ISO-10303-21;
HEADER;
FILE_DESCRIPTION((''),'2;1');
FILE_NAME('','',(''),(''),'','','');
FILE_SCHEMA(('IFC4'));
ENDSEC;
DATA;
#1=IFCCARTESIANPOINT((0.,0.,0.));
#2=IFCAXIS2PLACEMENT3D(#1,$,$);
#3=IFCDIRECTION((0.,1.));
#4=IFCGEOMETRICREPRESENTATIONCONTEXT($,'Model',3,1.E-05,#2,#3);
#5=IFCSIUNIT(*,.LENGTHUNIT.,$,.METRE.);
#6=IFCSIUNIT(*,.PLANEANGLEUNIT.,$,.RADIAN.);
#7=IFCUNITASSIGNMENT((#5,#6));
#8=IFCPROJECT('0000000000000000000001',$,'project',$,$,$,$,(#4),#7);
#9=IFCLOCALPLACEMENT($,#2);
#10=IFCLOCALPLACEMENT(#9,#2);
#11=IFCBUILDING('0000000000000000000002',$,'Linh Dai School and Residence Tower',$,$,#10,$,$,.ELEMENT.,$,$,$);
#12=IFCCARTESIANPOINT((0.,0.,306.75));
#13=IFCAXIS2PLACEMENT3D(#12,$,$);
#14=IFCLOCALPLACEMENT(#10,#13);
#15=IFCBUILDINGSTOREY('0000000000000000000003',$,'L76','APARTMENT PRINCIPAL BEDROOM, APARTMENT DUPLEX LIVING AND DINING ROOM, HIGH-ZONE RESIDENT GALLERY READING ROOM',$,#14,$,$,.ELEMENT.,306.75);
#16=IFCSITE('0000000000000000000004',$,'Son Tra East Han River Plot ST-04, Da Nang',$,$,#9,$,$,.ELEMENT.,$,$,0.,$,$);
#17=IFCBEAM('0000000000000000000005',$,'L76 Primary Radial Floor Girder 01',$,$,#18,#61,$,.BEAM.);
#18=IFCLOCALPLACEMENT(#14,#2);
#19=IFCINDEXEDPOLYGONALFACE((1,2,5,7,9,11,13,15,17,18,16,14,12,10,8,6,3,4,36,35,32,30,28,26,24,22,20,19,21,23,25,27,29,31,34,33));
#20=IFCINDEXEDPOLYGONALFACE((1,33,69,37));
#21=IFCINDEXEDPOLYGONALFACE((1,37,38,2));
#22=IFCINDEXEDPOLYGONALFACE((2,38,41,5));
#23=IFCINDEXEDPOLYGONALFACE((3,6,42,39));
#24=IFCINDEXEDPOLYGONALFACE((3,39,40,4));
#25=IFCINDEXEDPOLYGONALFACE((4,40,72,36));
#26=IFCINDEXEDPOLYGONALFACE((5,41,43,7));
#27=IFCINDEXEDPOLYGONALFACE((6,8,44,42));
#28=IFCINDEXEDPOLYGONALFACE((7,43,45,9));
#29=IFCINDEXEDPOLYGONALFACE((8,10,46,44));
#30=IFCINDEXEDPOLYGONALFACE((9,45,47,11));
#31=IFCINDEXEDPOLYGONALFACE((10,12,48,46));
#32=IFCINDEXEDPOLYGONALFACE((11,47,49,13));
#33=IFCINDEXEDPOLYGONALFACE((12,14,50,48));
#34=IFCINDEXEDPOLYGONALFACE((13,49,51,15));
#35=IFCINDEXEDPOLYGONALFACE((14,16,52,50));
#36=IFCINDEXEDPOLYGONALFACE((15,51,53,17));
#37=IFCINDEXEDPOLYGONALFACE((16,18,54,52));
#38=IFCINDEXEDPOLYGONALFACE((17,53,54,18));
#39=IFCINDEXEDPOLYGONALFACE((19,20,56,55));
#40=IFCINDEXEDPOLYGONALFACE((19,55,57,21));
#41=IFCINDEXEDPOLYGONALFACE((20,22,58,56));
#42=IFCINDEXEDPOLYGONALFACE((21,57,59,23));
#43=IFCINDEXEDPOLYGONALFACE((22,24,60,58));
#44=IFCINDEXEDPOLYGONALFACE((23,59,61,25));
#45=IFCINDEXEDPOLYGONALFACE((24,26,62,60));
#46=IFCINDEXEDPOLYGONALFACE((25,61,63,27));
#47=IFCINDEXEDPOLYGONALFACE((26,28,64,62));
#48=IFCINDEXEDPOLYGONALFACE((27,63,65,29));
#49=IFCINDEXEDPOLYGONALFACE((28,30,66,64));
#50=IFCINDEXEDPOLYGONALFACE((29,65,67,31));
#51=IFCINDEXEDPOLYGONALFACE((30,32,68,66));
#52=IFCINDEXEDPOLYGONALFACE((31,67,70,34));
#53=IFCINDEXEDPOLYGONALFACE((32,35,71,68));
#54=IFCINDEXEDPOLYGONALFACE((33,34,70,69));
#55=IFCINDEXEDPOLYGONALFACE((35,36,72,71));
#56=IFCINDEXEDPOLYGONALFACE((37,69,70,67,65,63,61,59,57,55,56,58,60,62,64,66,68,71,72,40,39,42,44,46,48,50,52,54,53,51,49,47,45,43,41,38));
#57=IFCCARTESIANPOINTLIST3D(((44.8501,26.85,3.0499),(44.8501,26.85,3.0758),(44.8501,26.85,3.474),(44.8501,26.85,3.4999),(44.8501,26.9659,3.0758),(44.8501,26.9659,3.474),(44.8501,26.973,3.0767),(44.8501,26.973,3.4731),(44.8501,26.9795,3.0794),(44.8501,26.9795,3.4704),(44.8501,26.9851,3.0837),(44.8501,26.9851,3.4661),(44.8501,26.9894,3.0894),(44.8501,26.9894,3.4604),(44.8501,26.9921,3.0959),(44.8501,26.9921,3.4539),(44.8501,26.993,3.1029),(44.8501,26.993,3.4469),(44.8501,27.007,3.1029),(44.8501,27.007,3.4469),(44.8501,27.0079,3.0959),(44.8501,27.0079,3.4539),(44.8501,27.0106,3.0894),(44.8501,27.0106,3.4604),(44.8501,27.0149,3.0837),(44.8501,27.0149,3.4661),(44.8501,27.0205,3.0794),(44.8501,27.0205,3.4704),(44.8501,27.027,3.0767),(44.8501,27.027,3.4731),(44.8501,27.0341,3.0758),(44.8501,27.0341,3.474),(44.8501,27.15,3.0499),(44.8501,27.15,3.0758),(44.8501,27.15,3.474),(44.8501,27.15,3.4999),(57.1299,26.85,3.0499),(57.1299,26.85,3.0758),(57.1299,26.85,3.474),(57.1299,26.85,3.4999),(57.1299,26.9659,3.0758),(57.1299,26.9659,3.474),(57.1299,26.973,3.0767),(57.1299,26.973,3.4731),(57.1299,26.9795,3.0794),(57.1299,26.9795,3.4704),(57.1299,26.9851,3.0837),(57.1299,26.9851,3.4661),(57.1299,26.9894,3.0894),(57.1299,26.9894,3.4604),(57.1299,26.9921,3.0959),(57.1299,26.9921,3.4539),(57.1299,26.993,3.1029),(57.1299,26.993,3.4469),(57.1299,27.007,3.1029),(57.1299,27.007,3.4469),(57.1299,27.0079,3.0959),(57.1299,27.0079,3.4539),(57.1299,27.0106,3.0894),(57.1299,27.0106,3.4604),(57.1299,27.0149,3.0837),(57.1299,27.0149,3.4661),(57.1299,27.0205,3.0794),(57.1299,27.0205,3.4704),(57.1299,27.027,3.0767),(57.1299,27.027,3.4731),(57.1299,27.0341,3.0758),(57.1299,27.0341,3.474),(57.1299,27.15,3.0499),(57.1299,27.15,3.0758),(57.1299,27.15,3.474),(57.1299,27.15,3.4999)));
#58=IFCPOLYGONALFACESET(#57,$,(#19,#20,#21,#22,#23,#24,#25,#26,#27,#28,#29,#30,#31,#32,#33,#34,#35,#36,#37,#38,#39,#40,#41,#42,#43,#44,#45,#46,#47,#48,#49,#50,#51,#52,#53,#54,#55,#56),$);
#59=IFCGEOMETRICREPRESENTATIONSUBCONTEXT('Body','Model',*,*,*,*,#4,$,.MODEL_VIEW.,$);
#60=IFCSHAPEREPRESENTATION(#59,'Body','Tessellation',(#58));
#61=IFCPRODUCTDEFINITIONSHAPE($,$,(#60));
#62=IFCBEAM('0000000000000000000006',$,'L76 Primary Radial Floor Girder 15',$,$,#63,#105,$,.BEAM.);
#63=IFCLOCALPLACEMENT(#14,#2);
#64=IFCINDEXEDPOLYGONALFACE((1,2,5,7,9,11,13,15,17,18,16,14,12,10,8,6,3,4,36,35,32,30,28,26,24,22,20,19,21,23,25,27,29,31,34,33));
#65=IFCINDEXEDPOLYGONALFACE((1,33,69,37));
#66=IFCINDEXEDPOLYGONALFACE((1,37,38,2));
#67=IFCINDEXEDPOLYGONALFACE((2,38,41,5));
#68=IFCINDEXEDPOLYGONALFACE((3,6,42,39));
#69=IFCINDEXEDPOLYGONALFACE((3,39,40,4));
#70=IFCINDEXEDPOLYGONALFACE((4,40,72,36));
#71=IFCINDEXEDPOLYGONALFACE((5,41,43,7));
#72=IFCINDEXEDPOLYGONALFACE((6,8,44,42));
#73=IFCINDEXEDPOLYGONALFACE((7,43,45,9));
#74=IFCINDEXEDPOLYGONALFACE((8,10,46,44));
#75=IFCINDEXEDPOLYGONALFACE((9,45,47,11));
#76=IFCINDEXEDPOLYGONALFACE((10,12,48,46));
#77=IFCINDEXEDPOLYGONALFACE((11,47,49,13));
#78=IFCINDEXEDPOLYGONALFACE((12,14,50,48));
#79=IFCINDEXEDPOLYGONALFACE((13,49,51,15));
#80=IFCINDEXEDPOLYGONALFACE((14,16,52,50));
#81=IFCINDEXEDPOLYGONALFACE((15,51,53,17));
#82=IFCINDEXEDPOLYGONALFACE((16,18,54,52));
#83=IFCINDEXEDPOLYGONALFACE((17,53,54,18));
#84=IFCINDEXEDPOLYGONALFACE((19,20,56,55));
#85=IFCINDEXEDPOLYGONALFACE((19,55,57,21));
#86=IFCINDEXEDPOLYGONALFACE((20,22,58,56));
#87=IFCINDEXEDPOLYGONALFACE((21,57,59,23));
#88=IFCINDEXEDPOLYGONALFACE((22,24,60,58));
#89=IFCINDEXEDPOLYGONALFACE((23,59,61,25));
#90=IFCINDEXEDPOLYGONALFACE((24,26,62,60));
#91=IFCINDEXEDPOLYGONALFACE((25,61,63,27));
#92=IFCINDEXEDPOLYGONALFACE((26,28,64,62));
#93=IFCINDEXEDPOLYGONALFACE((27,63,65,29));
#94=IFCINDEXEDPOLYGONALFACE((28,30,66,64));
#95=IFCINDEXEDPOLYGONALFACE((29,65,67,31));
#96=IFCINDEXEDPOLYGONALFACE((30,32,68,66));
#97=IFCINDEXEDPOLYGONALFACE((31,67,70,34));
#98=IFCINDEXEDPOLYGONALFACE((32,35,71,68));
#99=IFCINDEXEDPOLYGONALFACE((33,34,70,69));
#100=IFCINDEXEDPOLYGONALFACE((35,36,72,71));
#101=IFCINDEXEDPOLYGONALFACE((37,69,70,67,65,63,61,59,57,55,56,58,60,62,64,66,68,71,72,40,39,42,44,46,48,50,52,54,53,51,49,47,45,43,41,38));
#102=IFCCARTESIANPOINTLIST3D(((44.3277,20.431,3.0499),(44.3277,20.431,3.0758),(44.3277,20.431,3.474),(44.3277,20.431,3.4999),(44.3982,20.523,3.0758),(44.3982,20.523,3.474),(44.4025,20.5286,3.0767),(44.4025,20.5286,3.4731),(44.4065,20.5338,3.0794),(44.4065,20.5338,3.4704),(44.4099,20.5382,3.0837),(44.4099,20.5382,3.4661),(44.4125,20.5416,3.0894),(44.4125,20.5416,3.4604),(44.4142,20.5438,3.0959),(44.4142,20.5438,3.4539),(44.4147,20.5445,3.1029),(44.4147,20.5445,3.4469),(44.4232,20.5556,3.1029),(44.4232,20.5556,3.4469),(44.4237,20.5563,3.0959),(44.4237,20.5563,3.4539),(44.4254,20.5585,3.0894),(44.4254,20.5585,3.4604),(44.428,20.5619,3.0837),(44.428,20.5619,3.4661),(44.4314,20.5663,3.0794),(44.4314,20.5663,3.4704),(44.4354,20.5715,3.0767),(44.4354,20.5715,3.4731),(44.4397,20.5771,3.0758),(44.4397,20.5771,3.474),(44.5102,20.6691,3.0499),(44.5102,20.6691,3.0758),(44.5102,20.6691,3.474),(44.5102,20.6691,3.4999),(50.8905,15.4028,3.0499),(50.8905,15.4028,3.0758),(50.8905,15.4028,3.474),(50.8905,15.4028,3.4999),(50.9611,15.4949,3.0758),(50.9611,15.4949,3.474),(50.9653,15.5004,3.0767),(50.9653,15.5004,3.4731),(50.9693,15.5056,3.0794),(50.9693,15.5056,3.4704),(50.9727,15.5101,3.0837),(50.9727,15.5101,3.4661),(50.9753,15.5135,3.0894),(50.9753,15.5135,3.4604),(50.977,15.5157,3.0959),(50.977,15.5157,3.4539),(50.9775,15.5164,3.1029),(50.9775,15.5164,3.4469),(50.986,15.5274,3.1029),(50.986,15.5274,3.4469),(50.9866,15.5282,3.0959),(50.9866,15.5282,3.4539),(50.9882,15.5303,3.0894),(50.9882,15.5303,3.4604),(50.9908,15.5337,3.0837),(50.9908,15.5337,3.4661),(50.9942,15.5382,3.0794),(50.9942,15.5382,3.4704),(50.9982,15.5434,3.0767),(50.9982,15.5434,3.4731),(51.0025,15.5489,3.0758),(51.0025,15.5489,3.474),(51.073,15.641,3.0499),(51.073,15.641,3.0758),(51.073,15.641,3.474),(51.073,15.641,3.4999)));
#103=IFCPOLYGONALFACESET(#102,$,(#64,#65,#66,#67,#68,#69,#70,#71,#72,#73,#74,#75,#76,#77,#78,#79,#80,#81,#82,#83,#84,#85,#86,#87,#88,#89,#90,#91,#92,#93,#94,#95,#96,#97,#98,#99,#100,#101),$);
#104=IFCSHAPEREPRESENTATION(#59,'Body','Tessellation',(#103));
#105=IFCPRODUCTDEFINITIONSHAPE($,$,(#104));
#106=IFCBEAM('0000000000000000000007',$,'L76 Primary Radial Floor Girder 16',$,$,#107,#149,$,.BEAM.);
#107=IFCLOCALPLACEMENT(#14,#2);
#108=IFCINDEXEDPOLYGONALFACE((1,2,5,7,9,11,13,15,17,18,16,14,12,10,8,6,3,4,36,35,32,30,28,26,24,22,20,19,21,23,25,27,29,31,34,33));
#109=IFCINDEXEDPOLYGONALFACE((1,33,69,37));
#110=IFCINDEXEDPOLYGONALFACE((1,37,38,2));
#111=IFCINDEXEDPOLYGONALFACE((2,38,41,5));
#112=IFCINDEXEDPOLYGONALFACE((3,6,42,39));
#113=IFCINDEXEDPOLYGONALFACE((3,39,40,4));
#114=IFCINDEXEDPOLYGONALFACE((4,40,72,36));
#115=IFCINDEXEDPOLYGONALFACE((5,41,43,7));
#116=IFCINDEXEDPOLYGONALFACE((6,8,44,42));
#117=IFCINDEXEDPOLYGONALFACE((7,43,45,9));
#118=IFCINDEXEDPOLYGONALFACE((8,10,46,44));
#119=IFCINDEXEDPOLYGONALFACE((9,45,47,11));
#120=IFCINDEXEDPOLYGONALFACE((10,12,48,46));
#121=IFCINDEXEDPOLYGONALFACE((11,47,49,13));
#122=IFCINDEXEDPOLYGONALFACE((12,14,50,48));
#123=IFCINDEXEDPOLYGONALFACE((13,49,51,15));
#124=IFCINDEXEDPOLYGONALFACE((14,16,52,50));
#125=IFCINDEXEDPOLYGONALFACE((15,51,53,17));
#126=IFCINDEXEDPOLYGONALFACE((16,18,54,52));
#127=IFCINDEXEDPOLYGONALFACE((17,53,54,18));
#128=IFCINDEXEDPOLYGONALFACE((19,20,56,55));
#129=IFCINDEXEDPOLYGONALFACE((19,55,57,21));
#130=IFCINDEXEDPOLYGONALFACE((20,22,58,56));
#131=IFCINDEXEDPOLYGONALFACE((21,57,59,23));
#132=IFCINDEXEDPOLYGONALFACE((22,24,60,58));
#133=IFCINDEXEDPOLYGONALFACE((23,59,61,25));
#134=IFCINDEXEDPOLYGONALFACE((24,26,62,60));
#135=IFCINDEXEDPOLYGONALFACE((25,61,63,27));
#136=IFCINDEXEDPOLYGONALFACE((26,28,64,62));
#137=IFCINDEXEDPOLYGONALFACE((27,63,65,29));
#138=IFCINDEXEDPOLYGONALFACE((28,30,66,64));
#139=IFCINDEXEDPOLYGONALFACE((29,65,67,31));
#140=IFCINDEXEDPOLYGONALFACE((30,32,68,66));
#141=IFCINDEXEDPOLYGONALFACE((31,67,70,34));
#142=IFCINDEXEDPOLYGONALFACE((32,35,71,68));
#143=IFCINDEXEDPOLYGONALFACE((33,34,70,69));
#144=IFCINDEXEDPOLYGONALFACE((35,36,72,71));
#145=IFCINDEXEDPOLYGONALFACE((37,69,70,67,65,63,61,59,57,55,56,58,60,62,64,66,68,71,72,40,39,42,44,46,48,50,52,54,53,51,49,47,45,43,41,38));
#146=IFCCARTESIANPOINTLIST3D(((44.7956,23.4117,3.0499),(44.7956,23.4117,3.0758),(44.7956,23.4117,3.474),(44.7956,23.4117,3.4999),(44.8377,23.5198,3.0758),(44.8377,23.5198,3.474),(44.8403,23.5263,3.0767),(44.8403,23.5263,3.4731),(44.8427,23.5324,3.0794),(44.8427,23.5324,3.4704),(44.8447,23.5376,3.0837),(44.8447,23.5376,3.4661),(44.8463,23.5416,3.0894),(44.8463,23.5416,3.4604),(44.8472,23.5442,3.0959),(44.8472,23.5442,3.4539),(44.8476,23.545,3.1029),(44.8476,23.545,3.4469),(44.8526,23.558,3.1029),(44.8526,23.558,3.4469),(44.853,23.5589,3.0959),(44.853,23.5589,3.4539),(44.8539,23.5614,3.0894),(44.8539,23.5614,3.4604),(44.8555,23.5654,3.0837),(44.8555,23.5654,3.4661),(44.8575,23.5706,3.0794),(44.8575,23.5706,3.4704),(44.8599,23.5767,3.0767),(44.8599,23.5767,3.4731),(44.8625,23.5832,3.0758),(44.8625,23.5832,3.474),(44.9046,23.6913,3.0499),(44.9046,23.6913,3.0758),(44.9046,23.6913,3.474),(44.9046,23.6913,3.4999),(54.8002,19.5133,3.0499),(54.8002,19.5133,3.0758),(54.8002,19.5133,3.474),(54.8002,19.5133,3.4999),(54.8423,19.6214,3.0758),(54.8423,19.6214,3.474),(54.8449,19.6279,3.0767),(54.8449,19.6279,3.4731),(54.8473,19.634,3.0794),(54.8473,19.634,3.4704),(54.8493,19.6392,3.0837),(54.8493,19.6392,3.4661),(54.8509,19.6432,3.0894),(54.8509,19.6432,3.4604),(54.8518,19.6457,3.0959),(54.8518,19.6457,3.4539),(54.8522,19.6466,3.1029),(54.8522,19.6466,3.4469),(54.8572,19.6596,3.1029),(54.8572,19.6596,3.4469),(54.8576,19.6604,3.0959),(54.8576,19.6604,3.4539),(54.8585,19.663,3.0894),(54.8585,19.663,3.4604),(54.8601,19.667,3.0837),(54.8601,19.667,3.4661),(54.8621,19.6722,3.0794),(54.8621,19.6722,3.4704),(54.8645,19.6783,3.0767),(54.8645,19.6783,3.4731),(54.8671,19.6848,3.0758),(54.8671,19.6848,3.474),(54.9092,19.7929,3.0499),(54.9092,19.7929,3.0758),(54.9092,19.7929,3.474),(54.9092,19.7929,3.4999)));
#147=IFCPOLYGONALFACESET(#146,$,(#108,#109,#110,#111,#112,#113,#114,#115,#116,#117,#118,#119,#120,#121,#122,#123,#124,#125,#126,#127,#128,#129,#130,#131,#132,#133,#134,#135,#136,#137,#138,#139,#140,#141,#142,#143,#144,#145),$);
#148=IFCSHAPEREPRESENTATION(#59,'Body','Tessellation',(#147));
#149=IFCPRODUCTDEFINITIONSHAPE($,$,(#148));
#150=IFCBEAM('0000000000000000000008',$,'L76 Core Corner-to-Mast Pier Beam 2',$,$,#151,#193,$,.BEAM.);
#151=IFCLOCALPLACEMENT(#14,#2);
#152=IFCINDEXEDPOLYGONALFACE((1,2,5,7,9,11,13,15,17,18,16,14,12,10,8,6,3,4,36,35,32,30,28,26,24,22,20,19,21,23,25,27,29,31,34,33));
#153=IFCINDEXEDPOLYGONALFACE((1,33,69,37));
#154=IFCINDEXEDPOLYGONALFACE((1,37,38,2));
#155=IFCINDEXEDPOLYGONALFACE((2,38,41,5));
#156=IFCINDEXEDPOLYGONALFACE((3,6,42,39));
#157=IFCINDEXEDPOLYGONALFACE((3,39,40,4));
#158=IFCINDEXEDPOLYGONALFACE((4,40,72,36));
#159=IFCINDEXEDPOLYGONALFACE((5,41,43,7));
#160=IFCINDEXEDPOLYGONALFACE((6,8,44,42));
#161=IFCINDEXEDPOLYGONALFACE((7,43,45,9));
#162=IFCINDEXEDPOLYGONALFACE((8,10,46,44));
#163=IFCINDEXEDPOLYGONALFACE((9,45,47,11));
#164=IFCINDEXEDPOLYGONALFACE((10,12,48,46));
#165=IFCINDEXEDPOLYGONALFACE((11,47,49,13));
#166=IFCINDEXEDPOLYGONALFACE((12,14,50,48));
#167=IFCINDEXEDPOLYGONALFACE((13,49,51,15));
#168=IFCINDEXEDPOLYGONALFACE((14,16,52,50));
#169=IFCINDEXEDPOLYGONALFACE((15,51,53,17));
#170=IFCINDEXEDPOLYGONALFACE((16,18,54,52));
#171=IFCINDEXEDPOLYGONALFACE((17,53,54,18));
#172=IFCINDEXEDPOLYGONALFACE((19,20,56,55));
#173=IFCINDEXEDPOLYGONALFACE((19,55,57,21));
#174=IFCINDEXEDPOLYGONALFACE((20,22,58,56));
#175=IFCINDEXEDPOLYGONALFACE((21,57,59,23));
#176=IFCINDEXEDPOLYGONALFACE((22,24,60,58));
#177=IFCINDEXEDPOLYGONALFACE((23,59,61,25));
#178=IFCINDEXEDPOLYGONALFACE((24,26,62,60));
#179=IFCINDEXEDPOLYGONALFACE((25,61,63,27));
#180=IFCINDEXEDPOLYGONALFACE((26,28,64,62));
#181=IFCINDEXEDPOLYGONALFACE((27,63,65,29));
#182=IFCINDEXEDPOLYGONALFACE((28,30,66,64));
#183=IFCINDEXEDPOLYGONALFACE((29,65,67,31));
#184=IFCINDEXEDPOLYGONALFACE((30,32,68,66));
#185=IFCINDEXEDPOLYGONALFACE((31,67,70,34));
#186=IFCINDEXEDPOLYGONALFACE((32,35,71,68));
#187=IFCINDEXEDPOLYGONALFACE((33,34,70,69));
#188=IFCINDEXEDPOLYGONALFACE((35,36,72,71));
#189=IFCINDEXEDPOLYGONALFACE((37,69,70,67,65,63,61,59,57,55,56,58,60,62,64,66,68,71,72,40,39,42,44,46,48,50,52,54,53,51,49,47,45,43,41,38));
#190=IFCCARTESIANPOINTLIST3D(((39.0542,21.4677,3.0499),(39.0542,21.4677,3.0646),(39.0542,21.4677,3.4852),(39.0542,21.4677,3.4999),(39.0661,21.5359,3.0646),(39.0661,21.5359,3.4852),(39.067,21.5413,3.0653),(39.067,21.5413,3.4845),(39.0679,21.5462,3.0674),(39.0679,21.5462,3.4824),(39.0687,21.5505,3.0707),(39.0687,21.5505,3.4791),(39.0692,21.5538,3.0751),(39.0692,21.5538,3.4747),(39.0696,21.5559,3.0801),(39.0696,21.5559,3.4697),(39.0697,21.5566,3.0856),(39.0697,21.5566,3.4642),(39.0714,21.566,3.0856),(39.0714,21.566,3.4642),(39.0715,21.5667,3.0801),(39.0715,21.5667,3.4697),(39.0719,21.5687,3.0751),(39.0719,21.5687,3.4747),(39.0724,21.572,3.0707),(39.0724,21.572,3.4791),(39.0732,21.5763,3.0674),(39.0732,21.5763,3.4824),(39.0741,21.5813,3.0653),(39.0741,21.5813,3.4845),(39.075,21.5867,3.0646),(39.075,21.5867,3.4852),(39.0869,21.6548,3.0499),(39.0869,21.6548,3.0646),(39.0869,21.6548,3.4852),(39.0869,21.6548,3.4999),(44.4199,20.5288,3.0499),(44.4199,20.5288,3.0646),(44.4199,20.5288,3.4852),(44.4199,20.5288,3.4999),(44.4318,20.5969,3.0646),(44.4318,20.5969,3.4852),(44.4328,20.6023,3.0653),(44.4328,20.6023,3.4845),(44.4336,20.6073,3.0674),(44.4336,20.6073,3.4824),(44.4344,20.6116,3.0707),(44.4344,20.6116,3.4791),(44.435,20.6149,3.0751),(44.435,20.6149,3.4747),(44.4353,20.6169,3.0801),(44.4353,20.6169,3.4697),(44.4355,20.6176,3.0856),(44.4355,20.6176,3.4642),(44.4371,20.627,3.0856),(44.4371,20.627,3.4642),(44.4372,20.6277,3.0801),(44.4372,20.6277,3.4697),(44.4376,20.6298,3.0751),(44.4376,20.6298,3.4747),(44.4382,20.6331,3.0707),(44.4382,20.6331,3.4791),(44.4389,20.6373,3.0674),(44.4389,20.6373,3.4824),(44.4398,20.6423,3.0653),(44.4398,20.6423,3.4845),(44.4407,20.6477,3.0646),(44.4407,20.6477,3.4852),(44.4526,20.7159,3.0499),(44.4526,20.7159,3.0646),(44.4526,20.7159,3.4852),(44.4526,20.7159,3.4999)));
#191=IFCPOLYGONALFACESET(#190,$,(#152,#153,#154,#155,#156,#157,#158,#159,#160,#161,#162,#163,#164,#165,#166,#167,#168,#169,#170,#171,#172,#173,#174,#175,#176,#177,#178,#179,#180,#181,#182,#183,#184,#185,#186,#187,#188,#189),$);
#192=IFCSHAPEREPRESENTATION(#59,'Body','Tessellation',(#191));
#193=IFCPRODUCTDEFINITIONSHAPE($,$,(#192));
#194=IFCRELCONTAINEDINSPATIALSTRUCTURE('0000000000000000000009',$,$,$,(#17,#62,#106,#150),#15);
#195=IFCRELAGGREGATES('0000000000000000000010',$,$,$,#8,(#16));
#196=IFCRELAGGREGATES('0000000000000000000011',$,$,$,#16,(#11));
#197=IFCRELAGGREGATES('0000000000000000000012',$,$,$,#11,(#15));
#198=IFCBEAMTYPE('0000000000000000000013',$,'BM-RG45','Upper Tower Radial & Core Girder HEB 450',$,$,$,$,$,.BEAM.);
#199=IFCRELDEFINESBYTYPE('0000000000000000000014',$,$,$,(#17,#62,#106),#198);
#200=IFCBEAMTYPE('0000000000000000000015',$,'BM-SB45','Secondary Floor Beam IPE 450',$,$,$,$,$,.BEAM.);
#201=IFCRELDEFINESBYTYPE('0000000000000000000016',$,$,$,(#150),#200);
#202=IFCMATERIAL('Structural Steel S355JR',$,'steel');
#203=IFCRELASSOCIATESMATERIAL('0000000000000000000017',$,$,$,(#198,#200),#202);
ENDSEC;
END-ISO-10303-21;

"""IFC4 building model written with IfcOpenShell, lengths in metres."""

from ifc_helpers import new_model, si_unit, direction, frame, origin, origin_2d, place, context, subcontext, project, spatial, i_section, extrude, material, material_profile, profile_set, type_object, element, save


model = new_model("IFC4")

# Units and contexts
model_context = context("Model", 3, precision=1e-05, world=origin(), true_north=direction((0.0, 1.0)))
body_context = subcontext(model_context, "Body", "Model", "MODEL_VIEW")
ifc_project = project(units=[si_unit("LENGTHUNIT", "METRE"), si_unit("PLANEANGLEUNIT", "RADIAN")], contexts=[model_context])

# Site, building, storey
site_placement = place(None, origin())
site = spatial("IfcSite", under=ifc_project, at=site_placement, Name="Son Tra East Han River Plot ST-04, Da Nang", CompositionType="ELEMENT", RefElevation=0.0)
building_placement = place(site_placement, origin())
building = spatial("IfcBuilding", under=site, at=building_placement, Name="Linh Dai School and Residence Tower", CompositionType="ELEMENT")
storey_placement = place(building_placement, frame((0.0, 0.0, 306.75)))
storey = spatial("IfcBuildingStorey", under=building, at=storey_placement, Name="L76", Description="APARTMENT PRINCIPAL BEDROOM, APARTMENT DUPLEX LIVING AND DINING ROOM, HIGH-ZONE RESIDENT GALLERY READING ROOM", CompositionType="ELEMENT", Elevation=306.75)

# Shared definitions
ifc_material_1 = material(Name="Structural Steel S355JR", Category="steel")

# Beams
ifc_material_profile_1 = material_profile(ifc_material_1, i_section(OverallWidth=0.3, OverallDepth=0.45, WebThickness=0.0139, FlangeThickness=0.0259, FilletRadius=0.0271, at=origin_2d()), Name="HEB 450")
ifc_profile_set_1 = profile_set([ifc_material_profile_1], Name="Structural Steel S355JR")
beam_type_1 = type_object("IfcBeamType", Name="BM-RG45", Description="Upper Tower Radial & Core Girder HEB 450", PredefinedType="BEAM", material=ifc_profile_set_1)
beam_1_placement = place(storey_placement, frame((44.8501, 27.0, 3.2749), z_axis=(1.0, 0.0, 0.0), x_axis=(0.0, 1.0, 0.0)))
element("IfcBeam", 1, at=beam_1_placement, inside=storey, type_object=beam_type_1, Name="L76 Primary Radial Floor Girder 01", PredefinedType="BEAM", context=body_context, shape_type="SweptSolid", body=[
    extrude(i_section(OverallWidth=0.3, OverallDepth=0.45, WebThickness=0.0139, FlangeThickness=0.0259, FilletRadius=0.0271, at=origin_2d()), origin(), (0.0, 0.0, 1.0), 12.2798),
])
beam_2_placement = place(storey_placement, frame((44.4189, 20.55, 3.2749), z_axis=(0.793803, -0.608175, 0.0), x_axis=(0.608175, 0.793803, 0.0)))
element("IfcBeam", 2, at=beam_2_placement, inside=storey, type_object=beam_type_1, Name="L76 Primary Radial Floor Girder 15", PredefinedType="BEAM", context=body_context, shape_type="SweptSolid", body=[
    extrude(i_section(OverallWidth=0.3, OverallDepth=0.45, WebThickness=0.0139, FlangeThickness=0.0259, FilletRadius=0.0271, at=origin_2d()), origin(), (0.0, 0.0, 1.0), 8.2676),
])
beam_3_placement = place(storey_placement, frame((44.8501, 23.5515, 3.2749), z_axis=(0.931761, -0.363073, 0.0), x_axis=(0.363073, 0.931761, 0.0)))
element("IfcBeam", 3, at=beam_3_placement, inside=storey, type_object=beam_type_1, Name="L76 Primary Radial Floor Girder 16", PredefinedType="BEAM", context=body_context, shape_type="SweptSolid", body=[
    extrude(i_section(OverallWidth=0.3, OverallDepth=0.45, WebThickness=0.0139, FlangeThickness=0.0259, FilletRadius=0.0271, at=origin_2d()), origin(), (0.0, 0.0, 1.0), 10.7373),
])
ifc_material_profile_2 = material_profile(ifc_material_1, i_section(OverallWidth=0.1899, OverallDepth=0.45, WebThickness=0.0095, FlangeThickness=0.0146, FilletRadius=0.021, at=origin_2d()), Name="IPE 450")
ifc_profile_set_2 = profile_set([ifc_material_profile_2], Name="Structural Steel S355JR")
beam_type_2 = type_object("IfcBeamType", Name="BM-SB45", Description="Secondary Floor Beam IPE 450", PredefinedType="BEAM", material=ifc_profile_set_2)
beam_4_placement = place(storey_placement, frame((44.4363, 20.6223, 3.2749), z_axis=(-0.985032, 0.172374, 0.0), x_axis=(-0.172374, -0.985032, 0.0)))
element("IfcBeam", 4, at=beam_4_placement, inside=storey, type_object=beam_type_2, Name="L76 Core Corner-to-Mast Pier Beam 2", PredefinedType="BEAM", context=body_context, shape_type="SweptSolid", body=[
    extrude(i_section(OverallWidth=0.1899, OverallDepth=0.45, WebThickness=0.0095, FlangeThickness=0.0146, FilletRadius=0.021, at=origin_2d()), origin(), (0.0, 0.0, 1.0), 5.4473),
])

save(model, "model.ifc")
